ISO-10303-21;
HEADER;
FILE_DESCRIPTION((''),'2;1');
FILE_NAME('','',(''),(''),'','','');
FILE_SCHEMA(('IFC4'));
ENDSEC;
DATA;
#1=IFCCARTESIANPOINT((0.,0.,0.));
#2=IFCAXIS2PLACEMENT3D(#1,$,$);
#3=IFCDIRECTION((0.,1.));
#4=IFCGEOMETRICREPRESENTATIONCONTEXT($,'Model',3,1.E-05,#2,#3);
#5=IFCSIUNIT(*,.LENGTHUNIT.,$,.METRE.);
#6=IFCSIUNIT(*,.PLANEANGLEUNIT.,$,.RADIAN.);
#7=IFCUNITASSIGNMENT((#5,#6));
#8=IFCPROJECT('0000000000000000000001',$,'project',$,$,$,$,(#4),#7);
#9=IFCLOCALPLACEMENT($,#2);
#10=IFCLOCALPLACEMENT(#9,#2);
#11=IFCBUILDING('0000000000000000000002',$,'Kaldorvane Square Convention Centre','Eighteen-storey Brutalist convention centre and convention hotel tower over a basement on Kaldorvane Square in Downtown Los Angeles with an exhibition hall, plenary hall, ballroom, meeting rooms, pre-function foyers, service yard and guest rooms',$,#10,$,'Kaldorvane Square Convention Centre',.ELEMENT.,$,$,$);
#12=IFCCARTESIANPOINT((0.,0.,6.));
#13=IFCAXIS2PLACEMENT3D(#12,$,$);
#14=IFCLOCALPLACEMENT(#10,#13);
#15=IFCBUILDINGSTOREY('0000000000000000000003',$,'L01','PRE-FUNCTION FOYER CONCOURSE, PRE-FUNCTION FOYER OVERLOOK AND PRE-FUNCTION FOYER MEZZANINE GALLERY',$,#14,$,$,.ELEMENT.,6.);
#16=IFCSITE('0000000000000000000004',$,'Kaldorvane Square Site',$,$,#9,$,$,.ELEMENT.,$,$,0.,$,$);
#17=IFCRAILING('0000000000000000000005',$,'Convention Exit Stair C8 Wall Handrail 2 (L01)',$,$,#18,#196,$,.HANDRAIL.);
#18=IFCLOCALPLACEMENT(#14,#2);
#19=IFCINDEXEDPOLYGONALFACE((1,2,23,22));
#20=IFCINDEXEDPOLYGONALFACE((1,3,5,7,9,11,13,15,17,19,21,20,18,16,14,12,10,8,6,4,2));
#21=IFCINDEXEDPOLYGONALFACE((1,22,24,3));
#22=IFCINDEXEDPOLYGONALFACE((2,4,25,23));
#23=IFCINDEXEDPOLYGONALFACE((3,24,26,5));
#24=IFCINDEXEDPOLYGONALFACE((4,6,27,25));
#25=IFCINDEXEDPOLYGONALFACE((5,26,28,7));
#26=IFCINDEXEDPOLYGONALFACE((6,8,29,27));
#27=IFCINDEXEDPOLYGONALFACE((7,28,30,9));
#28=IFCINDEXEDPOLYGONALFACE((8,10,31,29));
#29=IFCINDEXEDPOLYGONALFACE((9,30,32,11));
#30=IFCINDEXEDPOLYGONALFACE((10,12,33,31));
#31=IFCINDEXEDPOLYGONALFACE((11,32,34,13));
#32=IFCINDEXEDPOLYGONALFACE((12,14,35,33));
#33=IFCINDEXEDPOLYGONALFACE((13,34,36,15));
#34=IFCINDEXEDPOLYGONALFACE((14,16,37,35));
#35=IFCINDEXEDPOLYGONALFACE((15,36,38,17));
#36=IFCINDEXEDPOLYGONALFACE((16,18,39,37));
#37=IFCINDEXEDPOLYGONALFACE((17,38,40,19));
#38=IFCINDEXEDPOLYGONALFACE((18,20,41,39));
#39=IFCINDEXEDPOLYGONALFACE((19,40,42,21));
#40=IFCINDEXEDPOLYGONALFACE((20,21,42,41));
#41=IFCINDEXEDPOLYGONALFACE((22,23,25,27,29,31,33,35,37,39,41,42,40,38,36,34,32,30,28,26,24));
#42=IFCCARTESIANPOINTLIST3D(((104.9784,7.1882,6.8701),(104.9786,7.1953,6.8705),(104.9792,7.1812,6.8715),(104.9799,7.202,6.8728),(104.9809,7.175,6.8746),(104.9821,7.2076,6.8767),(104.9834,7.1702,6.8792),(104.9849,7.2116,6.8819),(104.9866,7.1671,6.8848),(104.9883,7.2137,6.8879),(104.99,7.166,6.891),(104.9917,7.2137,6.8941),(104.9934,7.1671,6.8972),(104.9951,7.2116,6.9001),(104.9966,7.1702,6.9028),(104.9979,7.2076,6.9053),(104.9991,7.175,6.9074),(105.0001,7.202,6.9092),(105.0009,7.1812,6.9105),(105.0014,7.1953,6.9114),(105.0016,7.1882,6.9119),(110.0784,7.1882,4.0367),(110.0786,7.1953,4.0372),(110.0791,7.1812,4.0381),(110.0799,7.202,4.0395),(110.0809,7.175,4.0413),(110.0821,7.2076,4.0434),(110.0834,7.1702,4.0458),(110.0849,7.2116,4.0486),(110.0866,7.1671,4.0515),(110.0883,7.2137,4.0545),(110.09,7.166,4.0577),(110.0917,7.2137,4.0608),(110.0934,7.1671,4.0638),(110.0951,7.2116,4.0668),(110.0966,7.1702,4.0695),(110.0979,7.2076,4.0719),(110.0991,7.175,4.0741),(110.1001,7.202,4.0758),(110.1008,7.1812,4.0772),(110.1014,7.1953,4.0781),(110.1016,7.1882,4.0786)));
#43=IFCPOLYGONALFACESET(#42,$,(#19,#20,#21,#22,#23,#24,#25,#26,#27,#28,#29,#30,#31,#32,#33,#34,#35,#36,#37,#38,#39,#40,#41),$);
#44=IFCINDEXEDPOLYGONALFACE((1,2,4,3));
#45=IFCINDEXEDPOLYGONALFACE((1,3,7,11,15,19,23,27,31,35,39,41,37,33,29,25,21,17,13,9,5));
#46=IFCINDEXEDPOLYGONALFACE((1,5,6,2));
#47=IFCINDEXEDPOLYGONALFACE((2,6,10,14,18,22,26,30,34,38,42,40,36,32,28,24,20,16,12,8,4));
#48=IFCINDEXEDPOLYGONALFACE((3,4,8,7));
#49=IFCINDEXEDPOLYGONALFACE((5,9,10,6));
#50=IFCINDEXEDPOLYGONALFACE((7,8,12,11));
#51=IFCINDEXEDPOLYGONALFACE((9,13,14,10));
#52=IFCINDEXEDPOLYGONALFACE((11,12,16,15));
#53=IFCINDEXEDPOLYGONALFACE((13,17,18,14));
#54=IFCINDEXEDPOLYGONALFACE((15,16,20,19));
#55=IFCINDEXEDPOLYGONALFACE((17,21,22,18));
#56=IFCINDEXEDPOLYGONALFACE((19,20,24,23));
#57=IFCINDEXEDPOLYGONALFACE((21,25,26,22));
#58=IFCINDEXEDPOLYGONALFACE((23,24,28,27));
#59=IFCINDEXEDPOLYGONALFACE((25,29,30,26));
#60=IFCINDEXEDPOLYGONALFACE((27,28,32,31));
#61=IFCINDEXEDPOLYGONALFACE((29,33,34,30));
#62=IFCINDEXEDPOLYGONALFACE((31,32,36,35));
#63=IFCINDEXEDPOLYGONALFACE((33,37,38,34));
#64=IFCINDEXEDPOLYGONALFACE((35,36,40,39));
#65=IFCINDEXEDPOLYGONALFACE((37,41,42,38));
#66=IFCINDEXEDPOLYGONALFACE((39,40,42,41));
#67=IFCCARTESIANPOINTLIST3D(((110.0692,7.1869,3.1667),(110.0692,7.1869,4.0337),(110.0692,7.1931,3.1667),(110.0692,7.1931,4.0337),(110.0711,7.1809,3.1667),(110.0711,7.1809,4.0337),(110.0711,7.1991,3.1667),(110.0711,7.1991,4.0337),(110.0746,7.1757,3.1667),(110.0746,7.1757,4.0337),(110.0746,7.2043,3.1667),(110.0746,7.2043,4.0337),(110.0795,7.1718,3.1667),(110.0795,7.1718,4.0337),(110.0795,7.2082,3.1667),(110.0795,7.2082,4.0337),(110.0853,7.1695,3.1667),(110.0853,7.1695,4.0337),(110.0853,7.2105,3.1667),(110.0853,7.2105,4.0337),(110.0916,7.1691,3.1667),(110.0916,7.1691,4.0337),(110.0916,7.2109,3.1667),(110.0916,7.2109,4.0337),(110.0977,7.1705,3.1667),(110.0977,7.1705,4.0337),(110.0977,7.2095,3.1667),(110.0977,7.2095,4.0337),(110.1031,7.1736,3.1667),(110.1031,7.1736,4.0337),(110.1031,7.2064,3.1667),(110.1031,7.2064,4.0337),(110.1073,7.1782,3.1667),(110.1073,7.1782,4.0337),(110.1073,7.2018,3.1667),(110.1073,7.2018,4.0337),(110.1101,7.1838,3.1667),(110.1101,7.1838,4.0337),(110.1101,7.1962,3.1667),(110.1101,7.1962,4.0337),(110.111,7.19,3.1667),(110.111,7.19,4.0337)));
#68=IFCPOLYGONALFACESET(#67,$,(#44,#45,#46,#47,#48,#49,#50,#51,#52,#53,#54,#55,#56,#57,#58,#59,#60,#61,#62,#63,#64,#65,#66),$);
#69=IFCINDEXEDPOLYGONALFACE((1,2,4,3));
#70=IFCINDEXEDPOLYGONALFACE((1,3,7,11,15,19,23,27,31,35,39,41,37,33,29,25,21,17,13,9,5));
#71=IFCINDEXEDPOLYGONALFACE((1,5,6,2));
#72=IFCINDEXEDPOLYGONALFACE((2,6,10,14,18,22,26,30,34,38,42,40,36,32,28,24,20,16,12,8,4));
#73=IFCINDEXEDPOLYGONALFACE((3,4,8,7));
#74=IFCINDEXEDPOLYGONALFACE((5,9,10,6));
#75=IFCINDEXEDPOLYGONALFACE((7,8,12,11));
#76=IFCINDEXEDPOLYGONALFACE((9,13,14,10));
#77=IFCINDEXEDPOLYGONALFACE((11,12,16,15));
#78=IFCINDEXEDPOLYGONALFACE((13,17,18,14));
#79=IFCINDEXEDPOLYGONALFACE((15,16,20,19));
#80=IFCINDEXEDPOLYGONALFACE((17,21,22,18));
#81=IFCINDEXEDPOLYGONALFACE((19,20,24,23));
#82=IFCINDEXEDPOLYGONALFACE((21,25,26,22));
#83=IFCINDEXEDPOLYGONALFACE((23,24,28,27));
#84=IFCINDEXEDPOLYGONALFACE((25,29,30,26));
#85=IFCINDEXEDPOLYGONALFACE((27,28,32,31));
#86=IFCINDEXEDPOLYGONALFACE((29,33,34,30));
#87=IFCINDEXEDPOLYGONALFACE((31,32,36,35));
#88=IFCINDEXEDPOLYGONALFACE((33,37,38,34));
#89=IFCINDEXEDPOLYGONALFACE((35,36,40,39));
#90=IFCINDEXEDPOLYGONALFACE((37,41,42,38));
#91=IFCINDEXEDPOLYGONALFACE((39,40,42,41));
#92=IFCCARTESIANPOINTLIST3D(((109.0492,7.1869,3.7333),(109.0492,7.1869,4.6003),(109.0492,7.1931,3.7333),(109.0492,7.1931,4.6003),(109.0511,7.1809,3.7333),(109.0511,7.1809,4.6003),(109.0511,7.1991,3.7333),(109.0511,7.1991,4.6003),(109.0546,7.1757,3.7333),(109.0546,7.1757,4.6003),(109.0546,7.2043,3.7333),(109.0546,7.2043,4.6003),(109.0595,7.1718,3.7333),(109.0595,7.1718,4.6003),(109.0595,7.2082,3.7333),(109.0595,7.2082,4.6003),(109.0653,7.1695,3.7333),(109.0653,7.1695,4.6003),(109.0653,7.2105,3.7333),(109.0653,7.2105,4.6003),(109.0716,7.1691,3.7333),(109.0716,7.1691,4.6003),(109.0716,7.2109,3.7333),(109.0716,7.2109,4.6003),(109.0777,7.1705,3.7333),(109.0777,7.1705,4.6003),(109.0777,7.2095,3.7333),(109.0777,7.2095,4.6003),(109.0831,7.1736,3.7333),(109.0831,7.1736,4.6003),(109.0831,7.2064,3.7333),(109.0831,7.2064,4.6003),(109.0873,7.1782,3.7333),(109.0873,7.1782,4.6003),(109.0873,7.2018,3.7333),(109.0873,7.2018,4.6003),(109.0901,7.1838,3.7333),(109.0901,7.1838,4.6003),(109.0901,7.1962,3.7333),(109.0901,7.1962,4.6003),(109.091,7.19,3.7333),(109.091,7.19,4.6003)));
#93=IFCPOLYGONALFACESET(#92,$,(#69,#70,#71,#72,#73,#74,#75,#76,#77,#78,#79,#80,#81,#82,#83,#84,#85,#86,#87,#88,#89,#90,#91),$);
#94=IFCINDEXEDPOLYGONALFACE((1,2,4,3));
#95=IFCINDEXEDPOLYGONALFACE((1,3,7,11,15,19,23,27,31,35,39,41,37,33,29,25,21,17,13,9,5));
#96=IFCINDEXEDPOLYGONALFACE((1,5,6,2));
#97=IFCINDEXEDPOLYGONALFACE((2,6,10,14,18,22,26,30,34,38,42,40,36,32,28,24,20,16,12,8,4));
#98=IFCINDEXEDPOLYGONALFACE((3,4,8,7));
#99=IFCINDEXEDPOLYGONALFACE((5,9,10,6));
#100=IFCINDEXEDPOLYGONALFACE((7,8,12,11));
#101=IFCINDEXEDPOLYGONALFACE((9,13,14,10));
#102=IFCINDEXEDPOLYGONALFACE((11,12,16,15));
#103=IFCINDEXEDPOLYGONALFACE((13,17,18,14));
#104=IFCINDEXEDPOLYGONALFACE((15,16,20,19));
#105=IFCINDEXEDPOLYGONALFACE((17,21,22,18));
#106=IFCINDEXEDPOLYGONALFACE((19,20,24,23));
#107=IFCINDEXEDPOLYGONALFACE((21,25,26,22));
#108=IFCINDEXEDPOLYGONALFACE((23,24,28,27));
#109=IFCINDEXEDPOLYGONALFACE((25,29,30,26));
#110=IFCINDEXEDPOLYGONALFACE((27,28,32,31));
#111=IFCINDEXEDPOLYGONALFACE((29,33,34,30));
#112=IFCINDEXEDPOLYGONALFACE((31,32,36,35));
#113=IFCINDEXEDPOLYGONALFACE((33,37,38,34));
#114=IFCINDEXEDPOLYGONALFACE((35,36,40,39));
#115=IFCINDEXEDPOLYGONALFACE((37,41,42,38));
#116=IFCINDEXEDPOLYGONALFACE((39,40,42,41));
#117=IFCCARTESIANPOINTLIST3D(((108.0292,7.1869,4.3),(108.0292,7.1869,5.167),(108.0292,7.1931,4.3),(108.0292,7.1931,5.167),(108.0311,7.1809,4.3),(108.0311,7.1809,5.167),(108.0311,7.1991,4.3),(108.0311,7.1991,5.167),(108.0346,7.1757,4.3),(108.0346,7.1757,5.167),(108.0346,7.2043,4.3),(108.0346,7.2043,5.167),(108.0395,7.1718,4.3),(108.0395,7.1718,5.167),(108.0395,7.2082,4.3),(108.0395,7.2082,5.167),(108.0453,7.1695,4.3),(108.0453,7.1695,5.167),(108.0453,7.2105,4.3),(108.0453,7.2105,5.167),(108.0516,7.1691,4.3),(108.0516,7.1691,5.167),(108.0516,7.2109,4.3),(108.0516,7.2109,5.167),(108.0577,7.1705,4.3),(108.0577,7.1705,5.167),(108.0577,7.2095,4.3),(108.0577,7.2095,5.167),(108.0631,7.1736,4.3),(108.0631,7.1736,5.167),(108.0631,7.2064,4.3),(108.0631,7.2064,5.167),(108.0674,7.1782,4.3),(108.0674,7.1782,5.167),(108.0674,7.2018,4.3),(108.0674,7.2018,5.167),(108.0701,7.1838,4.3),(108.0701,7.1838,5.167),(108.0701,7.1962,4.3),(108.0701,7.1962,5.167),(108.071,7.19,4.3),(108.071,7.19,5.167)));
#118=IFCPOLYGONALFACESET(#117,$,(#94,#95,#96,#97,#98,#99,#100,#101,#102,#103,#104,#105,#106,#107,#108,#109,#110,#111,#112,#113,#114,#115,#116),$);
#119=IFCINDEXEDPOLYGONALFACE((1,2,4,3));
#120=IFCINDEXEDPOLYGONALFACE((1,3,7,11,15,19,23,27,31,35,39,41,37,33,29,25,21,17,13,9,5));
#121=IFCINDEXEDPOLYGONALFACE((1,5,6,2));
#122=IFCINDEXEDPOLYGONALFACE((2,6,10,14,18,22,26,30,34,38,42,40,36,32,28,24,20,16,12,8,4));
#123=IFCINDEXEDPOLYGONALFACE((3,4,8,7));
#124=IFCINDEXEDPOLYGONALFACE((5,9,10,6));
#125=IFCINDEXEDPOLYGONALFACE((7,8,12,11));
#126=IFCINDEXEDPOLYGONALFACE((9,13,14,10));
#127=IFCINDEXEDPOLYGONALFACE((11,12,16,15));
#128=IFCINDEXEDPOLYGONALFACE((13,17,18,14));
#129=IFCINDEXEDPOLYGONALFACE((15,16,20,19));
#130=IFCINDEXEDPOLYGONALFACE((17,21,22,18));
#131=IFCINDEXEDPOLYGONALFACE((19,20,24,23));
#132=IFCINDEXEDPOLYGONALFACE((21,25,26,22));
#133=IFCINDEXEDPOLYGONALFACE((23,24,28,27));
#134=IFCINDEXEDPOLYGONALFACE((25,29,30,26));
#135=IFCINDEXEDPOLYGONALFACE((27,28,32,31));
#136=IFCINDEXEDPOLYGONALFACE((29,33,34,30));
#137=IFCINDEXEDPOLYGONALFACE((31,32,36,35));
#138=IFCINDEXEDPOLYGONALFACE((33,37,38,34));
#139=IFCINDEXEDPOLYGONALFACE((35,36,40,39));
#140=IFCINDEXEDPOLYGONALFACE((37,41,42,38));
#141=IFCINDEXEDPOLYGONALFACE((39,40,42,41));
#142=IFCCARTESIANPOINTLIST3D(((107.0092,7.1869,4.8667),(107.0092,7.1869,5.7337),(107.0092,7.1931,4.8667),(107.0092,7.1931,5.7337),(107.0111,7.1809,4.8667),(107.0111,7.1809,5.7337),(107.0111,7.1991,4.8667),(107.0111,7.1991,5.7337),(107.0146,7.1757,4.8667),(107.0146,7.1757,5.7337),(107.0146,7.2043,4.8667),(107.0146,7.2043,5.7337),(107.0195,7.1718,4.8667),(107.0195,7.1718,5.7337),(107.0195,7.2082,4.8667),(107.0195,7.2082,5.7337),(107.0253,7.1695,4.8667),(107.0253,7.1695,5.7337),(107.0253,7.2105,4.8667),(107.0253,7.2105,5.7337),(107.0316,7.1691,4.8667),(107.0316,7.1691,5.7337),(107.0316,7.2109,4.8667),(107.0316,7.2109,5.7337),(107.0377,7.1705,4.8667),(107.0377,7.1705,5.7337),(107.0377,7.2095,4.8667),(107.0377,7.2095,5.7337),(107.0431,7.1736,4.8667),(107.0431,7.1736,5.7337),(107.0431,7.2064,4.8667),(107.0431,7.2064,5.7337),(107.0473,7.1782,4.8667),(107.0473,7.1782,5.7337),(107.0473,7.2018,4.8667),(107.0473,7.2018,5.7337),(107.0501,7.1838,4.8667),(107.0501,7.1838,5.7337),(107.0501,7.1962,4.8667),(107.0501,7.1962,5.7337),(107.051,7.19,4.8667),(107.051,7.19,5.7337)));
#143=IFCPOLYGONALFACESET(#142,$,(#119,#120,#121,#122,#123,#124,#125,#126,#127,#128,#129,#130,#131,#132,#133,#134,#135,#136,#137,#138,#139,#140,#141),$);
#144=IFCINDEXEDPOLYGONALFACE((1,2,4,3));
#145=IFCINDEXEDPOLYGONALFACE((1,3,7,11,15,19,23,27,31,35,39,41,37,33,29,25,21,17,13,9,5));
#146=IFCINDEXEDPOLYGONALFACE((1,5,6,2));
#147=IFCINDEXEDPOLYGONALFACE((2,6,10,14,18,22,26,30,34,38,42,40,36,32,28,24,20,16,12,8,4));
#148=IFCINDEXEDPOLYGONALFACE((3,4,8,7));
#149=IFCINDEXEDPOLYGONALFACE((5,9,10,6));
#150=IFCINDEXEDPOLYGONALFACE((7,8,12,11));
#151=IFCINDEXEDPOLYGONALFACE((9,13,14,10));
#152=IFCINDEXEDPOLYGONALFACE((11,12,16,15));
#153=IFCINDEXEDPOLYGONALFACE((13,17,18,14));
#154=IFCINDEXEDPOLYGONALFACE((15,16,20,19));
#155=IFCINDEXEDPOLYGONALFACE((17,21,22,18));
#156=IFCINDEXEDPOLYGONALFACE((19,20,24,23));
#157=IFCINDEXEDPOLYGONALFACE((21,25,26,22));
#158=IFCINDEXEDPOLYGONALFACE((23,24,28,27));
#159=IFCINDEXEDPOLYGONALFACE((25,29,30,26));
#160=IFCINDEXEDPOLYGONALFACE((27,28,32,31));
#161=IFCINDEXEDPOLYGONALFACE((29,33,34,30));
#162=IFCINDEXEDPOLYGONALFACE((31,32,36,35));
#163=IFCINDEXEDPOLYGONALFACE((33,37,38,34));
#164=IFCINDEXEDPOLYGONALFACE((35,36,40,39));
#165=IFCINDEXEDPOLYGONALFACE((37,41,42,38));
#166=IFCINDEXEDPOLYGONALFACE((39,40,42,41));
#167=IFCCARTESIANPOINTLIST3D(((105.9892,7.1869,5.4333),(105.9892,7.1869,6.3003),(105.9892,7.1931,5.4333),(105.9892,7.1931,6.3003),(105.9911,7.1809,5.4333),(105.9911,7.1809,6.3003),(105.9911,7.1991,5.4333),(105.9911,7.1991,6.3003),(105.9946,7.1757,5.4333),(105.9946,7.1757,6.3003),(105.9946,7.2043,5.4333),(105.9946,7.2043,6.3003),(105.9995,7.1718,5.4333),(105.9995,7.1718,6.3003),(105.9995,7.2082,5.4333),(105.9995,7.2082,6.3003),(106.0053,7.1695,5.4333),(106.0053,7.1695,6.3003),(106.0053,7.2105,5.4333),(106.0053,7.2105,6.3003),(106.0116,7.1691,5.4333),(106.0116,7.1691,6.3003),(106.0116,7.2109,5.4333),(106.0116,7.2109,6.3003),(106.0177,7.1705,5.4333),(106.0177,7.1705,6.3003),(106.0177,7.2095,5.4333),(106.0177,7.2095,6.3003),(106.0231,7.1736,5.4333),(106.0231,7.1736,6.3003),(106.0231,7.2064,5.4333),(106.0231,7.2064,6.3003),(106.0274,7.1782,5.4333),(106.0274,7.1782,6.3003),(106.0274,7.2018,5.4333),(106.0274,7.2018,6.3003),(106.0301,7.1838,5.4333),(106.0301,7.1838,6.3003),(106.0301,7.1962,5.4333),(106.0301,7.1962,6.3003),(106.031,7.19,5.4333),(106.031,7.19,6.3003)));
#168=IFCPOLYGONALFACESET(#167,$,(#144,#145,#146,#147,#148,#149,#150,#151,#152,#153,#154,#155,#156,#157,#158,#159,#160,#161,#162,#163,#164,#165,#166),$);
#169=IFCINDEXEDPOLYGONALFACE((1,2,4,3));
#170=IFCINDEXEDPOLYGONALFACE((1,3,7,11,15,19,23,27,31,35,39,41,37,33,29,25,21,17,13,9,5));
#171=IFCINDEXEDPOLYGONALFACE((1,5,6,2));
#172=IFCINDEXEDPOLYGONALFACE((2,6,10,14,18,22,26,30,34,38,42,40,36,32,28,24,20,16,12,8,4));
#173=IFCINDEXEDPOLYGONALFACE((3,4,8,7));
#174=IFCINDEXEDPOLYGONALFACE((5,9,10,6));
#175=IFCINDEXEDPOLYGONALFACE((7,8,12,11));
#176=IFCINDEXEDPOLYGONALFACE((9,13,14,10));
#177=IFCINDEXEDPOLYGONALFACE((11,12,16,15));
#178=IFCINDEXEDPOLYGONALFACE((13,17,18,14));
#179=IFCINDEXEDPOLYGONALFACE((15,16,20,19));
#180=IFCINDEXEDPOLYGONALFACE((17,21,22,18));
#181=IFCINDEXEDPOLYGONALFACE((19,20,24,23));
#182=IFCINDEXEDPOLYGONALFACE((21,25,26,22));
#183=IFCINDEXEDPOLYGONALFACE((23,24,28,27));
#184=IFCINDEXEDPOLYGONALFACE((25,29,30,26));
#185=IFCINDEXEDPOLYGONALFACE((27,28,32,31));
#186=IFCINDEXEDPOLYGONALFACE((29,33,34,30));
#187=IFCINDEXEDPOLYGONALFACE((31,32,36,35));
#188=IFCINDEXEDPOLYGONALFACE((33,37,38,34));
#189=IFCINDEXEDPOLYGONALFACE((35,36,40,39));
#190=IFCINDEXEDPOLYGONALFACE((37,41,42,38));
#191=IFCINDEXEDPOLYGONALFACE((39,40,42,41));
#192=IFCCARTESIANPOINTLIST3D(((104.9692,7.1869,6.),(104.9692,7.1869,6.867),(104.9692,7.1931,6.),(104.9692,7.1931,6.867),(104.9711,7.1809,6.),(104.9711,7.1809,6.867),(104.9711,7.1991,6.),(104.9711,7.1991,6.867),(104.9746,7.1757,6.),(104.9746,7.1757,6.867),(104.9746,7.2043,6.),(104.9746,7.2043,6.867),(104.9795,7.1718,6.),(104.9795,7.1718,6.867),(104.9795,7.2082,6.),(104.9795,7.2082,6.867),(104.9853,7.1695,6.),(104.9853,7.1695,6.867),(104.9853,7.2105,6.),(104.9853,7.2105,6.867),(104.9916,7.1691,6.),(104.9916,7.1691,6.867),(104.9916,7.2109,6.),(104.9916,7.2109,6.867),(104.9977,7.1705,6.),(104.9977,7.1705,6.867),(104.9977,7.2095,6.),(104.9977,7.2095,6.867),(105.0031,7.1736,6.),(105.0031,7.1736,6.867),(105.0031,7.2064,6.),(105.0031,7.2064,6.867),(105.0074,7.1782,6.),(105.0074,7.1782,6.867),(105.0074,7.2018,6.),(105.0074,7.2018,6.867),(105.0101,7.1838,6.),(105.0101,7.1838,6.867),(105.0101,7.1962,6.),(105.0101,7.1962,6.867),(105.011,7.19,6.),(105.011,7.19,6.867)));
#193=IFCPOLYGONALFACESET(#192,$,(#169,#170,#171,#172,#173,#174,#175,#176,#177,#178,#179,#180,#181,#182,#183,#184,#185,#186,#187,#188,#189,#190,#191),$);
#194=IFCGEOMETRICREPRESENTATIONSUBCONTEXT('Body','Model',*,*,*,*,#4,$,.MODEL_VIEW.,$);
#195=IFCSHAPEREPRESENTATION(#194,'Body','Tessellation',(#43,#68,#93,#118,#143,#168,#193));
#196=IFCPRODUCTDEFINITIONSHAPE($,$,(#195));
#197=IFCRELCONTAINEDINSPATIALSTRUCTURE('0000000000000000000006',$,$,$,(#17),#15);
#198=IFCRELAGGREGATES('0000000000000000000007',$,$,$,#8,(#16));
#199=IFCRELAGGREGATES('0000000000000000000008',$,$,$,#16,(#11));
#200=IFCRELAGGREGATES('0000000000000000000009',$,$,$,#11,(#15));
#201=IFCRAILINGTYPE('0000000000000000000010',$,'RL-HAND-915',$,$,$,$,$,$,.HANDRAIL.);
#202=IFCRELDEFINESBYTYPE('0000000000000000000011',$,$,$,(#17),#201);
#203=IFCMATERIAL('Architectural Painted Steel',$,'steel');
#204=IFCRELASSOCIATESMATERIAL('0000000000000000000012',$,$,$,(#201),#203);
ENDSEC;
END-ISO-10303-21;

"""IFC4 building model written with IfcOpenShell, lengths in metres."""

from ifc_helpers import new_model, si_unit, direction, frame, origin, origin_2d, place, context, subcontext, project, spatial, circle, extrude, material, type_object, element, save


model = new_model("IFC4")

# Units and contexts
model_context = context("Model", 3, precision=1e-05, world=origin(), true_north=direction((0.0, 1.0)))
body_context = subcontext(model_context, "Body", "Model", "MODEL_VIEW")
ifc_project = project(units=[si_unit("LENGTHUNIT", "METRE"), si_unit("PLANEANGLEUNIT", "RADIAN")], contexts=[model_context])

# Site, building, storey
site_placement = place(None, origin())
site = spatial("IfcSite", under=ifc_project, at=site_placement, Name="Kaldorvane Square Site", CompositionType="ELEMENT", RefElevation=0.0)
building_placement = place(site_placement, origin())
building = spatial("IfcBuilding", under=site, at=building_placement, Name="Kaldorvane Square Convention Centre", Description="Eighteen-storey Brutalist convention centre and convention hotel tower over a basement on Kaldorvane Square in Downtown Los Angeles with an exhibition hall, plenary hall, ballroom, meeting rooms, pre-function foyers, service yard and guest rooms", LongName="Kaldorvane Square Convention Centre", CompositionType="ELEMENT")
storey_placement = place(building_placement, frame((0.0, 0.0, 6.0)))
storey = spatial("IfcBuildingStorey", under=building, at=storey_placement, Name="L01", Description="PRE-FUNCTION FOYER CONCOURSE, PRE-FUNCTION FOYER OVERLOOK AND PRE-FUNCTION FOYER MEZZANINE GALLERY", CompositionType="ELEMENT", Elevation=6.0)

# Railing
ifc_material_1 = material(Name="Architectural Painted Steel", Category="steel")
railing_type_1 = type_object("IfcRailingType", Name="RL-HAND-915", PredefinedType="HANDRAIL", material=ifc_material_1)
railing_1_placement = place(storey_placement, frame((110.09, 7.19, 3.1667)))
element("IfcRailing", 1, at=railing_1_placement, inside=storey, type_object=railing_type_1, Name="Convention Exit Stair C8 Wall Handrail 2 (L01)", PredefinedType="HANDRAIL", context=body_context, shape_type="SweptSolid", body=[
    extrude(circle(Radius=0.024, at=origin_2d()), frame((0.0, 0.0, 0.891), z_axis=(-0.874157, 0.0, 0.485643), x_axis=(0.0, -1.0, 0.0)), (0.0, 0.0, 1.0), 5.8342),
    extrude(circle(Radius=0.021, at=origin_2d()), origin(), (0.0, 0.0, 1.0), 0.867),
    extrude(circle(Radius=0.021, at=origin_2d()), frame((-1.02, 0.0, 0.5667)), (0.0, 0.0, 1.0), 0.867),
    extrude(circle(Radius=0.021, at=origin_2d()), frame((-2.04, 0.0, 1.1333)), (0.0, 0.0, 1.0), 0.867),
    extrude(circle(Radius=0.021, at=origin_2d()), frame((-3.06, 0.0, 1.7)), (0.0, 0.0, 1.0), 0.867),
    extrude(circle(Radius=0.021, at=origin_2d()), frame((-4.08, 0.0, 2.2667)), (0.0, 0.0, 1.0), 0.867),
    extrude(circle(Radius=0.021, at=origin_2d()), frame((-5.1, 0.0, 2.8333)), (0.0, 0.0, 1.0), 0.867),
])

save(model, "model.ifc")
